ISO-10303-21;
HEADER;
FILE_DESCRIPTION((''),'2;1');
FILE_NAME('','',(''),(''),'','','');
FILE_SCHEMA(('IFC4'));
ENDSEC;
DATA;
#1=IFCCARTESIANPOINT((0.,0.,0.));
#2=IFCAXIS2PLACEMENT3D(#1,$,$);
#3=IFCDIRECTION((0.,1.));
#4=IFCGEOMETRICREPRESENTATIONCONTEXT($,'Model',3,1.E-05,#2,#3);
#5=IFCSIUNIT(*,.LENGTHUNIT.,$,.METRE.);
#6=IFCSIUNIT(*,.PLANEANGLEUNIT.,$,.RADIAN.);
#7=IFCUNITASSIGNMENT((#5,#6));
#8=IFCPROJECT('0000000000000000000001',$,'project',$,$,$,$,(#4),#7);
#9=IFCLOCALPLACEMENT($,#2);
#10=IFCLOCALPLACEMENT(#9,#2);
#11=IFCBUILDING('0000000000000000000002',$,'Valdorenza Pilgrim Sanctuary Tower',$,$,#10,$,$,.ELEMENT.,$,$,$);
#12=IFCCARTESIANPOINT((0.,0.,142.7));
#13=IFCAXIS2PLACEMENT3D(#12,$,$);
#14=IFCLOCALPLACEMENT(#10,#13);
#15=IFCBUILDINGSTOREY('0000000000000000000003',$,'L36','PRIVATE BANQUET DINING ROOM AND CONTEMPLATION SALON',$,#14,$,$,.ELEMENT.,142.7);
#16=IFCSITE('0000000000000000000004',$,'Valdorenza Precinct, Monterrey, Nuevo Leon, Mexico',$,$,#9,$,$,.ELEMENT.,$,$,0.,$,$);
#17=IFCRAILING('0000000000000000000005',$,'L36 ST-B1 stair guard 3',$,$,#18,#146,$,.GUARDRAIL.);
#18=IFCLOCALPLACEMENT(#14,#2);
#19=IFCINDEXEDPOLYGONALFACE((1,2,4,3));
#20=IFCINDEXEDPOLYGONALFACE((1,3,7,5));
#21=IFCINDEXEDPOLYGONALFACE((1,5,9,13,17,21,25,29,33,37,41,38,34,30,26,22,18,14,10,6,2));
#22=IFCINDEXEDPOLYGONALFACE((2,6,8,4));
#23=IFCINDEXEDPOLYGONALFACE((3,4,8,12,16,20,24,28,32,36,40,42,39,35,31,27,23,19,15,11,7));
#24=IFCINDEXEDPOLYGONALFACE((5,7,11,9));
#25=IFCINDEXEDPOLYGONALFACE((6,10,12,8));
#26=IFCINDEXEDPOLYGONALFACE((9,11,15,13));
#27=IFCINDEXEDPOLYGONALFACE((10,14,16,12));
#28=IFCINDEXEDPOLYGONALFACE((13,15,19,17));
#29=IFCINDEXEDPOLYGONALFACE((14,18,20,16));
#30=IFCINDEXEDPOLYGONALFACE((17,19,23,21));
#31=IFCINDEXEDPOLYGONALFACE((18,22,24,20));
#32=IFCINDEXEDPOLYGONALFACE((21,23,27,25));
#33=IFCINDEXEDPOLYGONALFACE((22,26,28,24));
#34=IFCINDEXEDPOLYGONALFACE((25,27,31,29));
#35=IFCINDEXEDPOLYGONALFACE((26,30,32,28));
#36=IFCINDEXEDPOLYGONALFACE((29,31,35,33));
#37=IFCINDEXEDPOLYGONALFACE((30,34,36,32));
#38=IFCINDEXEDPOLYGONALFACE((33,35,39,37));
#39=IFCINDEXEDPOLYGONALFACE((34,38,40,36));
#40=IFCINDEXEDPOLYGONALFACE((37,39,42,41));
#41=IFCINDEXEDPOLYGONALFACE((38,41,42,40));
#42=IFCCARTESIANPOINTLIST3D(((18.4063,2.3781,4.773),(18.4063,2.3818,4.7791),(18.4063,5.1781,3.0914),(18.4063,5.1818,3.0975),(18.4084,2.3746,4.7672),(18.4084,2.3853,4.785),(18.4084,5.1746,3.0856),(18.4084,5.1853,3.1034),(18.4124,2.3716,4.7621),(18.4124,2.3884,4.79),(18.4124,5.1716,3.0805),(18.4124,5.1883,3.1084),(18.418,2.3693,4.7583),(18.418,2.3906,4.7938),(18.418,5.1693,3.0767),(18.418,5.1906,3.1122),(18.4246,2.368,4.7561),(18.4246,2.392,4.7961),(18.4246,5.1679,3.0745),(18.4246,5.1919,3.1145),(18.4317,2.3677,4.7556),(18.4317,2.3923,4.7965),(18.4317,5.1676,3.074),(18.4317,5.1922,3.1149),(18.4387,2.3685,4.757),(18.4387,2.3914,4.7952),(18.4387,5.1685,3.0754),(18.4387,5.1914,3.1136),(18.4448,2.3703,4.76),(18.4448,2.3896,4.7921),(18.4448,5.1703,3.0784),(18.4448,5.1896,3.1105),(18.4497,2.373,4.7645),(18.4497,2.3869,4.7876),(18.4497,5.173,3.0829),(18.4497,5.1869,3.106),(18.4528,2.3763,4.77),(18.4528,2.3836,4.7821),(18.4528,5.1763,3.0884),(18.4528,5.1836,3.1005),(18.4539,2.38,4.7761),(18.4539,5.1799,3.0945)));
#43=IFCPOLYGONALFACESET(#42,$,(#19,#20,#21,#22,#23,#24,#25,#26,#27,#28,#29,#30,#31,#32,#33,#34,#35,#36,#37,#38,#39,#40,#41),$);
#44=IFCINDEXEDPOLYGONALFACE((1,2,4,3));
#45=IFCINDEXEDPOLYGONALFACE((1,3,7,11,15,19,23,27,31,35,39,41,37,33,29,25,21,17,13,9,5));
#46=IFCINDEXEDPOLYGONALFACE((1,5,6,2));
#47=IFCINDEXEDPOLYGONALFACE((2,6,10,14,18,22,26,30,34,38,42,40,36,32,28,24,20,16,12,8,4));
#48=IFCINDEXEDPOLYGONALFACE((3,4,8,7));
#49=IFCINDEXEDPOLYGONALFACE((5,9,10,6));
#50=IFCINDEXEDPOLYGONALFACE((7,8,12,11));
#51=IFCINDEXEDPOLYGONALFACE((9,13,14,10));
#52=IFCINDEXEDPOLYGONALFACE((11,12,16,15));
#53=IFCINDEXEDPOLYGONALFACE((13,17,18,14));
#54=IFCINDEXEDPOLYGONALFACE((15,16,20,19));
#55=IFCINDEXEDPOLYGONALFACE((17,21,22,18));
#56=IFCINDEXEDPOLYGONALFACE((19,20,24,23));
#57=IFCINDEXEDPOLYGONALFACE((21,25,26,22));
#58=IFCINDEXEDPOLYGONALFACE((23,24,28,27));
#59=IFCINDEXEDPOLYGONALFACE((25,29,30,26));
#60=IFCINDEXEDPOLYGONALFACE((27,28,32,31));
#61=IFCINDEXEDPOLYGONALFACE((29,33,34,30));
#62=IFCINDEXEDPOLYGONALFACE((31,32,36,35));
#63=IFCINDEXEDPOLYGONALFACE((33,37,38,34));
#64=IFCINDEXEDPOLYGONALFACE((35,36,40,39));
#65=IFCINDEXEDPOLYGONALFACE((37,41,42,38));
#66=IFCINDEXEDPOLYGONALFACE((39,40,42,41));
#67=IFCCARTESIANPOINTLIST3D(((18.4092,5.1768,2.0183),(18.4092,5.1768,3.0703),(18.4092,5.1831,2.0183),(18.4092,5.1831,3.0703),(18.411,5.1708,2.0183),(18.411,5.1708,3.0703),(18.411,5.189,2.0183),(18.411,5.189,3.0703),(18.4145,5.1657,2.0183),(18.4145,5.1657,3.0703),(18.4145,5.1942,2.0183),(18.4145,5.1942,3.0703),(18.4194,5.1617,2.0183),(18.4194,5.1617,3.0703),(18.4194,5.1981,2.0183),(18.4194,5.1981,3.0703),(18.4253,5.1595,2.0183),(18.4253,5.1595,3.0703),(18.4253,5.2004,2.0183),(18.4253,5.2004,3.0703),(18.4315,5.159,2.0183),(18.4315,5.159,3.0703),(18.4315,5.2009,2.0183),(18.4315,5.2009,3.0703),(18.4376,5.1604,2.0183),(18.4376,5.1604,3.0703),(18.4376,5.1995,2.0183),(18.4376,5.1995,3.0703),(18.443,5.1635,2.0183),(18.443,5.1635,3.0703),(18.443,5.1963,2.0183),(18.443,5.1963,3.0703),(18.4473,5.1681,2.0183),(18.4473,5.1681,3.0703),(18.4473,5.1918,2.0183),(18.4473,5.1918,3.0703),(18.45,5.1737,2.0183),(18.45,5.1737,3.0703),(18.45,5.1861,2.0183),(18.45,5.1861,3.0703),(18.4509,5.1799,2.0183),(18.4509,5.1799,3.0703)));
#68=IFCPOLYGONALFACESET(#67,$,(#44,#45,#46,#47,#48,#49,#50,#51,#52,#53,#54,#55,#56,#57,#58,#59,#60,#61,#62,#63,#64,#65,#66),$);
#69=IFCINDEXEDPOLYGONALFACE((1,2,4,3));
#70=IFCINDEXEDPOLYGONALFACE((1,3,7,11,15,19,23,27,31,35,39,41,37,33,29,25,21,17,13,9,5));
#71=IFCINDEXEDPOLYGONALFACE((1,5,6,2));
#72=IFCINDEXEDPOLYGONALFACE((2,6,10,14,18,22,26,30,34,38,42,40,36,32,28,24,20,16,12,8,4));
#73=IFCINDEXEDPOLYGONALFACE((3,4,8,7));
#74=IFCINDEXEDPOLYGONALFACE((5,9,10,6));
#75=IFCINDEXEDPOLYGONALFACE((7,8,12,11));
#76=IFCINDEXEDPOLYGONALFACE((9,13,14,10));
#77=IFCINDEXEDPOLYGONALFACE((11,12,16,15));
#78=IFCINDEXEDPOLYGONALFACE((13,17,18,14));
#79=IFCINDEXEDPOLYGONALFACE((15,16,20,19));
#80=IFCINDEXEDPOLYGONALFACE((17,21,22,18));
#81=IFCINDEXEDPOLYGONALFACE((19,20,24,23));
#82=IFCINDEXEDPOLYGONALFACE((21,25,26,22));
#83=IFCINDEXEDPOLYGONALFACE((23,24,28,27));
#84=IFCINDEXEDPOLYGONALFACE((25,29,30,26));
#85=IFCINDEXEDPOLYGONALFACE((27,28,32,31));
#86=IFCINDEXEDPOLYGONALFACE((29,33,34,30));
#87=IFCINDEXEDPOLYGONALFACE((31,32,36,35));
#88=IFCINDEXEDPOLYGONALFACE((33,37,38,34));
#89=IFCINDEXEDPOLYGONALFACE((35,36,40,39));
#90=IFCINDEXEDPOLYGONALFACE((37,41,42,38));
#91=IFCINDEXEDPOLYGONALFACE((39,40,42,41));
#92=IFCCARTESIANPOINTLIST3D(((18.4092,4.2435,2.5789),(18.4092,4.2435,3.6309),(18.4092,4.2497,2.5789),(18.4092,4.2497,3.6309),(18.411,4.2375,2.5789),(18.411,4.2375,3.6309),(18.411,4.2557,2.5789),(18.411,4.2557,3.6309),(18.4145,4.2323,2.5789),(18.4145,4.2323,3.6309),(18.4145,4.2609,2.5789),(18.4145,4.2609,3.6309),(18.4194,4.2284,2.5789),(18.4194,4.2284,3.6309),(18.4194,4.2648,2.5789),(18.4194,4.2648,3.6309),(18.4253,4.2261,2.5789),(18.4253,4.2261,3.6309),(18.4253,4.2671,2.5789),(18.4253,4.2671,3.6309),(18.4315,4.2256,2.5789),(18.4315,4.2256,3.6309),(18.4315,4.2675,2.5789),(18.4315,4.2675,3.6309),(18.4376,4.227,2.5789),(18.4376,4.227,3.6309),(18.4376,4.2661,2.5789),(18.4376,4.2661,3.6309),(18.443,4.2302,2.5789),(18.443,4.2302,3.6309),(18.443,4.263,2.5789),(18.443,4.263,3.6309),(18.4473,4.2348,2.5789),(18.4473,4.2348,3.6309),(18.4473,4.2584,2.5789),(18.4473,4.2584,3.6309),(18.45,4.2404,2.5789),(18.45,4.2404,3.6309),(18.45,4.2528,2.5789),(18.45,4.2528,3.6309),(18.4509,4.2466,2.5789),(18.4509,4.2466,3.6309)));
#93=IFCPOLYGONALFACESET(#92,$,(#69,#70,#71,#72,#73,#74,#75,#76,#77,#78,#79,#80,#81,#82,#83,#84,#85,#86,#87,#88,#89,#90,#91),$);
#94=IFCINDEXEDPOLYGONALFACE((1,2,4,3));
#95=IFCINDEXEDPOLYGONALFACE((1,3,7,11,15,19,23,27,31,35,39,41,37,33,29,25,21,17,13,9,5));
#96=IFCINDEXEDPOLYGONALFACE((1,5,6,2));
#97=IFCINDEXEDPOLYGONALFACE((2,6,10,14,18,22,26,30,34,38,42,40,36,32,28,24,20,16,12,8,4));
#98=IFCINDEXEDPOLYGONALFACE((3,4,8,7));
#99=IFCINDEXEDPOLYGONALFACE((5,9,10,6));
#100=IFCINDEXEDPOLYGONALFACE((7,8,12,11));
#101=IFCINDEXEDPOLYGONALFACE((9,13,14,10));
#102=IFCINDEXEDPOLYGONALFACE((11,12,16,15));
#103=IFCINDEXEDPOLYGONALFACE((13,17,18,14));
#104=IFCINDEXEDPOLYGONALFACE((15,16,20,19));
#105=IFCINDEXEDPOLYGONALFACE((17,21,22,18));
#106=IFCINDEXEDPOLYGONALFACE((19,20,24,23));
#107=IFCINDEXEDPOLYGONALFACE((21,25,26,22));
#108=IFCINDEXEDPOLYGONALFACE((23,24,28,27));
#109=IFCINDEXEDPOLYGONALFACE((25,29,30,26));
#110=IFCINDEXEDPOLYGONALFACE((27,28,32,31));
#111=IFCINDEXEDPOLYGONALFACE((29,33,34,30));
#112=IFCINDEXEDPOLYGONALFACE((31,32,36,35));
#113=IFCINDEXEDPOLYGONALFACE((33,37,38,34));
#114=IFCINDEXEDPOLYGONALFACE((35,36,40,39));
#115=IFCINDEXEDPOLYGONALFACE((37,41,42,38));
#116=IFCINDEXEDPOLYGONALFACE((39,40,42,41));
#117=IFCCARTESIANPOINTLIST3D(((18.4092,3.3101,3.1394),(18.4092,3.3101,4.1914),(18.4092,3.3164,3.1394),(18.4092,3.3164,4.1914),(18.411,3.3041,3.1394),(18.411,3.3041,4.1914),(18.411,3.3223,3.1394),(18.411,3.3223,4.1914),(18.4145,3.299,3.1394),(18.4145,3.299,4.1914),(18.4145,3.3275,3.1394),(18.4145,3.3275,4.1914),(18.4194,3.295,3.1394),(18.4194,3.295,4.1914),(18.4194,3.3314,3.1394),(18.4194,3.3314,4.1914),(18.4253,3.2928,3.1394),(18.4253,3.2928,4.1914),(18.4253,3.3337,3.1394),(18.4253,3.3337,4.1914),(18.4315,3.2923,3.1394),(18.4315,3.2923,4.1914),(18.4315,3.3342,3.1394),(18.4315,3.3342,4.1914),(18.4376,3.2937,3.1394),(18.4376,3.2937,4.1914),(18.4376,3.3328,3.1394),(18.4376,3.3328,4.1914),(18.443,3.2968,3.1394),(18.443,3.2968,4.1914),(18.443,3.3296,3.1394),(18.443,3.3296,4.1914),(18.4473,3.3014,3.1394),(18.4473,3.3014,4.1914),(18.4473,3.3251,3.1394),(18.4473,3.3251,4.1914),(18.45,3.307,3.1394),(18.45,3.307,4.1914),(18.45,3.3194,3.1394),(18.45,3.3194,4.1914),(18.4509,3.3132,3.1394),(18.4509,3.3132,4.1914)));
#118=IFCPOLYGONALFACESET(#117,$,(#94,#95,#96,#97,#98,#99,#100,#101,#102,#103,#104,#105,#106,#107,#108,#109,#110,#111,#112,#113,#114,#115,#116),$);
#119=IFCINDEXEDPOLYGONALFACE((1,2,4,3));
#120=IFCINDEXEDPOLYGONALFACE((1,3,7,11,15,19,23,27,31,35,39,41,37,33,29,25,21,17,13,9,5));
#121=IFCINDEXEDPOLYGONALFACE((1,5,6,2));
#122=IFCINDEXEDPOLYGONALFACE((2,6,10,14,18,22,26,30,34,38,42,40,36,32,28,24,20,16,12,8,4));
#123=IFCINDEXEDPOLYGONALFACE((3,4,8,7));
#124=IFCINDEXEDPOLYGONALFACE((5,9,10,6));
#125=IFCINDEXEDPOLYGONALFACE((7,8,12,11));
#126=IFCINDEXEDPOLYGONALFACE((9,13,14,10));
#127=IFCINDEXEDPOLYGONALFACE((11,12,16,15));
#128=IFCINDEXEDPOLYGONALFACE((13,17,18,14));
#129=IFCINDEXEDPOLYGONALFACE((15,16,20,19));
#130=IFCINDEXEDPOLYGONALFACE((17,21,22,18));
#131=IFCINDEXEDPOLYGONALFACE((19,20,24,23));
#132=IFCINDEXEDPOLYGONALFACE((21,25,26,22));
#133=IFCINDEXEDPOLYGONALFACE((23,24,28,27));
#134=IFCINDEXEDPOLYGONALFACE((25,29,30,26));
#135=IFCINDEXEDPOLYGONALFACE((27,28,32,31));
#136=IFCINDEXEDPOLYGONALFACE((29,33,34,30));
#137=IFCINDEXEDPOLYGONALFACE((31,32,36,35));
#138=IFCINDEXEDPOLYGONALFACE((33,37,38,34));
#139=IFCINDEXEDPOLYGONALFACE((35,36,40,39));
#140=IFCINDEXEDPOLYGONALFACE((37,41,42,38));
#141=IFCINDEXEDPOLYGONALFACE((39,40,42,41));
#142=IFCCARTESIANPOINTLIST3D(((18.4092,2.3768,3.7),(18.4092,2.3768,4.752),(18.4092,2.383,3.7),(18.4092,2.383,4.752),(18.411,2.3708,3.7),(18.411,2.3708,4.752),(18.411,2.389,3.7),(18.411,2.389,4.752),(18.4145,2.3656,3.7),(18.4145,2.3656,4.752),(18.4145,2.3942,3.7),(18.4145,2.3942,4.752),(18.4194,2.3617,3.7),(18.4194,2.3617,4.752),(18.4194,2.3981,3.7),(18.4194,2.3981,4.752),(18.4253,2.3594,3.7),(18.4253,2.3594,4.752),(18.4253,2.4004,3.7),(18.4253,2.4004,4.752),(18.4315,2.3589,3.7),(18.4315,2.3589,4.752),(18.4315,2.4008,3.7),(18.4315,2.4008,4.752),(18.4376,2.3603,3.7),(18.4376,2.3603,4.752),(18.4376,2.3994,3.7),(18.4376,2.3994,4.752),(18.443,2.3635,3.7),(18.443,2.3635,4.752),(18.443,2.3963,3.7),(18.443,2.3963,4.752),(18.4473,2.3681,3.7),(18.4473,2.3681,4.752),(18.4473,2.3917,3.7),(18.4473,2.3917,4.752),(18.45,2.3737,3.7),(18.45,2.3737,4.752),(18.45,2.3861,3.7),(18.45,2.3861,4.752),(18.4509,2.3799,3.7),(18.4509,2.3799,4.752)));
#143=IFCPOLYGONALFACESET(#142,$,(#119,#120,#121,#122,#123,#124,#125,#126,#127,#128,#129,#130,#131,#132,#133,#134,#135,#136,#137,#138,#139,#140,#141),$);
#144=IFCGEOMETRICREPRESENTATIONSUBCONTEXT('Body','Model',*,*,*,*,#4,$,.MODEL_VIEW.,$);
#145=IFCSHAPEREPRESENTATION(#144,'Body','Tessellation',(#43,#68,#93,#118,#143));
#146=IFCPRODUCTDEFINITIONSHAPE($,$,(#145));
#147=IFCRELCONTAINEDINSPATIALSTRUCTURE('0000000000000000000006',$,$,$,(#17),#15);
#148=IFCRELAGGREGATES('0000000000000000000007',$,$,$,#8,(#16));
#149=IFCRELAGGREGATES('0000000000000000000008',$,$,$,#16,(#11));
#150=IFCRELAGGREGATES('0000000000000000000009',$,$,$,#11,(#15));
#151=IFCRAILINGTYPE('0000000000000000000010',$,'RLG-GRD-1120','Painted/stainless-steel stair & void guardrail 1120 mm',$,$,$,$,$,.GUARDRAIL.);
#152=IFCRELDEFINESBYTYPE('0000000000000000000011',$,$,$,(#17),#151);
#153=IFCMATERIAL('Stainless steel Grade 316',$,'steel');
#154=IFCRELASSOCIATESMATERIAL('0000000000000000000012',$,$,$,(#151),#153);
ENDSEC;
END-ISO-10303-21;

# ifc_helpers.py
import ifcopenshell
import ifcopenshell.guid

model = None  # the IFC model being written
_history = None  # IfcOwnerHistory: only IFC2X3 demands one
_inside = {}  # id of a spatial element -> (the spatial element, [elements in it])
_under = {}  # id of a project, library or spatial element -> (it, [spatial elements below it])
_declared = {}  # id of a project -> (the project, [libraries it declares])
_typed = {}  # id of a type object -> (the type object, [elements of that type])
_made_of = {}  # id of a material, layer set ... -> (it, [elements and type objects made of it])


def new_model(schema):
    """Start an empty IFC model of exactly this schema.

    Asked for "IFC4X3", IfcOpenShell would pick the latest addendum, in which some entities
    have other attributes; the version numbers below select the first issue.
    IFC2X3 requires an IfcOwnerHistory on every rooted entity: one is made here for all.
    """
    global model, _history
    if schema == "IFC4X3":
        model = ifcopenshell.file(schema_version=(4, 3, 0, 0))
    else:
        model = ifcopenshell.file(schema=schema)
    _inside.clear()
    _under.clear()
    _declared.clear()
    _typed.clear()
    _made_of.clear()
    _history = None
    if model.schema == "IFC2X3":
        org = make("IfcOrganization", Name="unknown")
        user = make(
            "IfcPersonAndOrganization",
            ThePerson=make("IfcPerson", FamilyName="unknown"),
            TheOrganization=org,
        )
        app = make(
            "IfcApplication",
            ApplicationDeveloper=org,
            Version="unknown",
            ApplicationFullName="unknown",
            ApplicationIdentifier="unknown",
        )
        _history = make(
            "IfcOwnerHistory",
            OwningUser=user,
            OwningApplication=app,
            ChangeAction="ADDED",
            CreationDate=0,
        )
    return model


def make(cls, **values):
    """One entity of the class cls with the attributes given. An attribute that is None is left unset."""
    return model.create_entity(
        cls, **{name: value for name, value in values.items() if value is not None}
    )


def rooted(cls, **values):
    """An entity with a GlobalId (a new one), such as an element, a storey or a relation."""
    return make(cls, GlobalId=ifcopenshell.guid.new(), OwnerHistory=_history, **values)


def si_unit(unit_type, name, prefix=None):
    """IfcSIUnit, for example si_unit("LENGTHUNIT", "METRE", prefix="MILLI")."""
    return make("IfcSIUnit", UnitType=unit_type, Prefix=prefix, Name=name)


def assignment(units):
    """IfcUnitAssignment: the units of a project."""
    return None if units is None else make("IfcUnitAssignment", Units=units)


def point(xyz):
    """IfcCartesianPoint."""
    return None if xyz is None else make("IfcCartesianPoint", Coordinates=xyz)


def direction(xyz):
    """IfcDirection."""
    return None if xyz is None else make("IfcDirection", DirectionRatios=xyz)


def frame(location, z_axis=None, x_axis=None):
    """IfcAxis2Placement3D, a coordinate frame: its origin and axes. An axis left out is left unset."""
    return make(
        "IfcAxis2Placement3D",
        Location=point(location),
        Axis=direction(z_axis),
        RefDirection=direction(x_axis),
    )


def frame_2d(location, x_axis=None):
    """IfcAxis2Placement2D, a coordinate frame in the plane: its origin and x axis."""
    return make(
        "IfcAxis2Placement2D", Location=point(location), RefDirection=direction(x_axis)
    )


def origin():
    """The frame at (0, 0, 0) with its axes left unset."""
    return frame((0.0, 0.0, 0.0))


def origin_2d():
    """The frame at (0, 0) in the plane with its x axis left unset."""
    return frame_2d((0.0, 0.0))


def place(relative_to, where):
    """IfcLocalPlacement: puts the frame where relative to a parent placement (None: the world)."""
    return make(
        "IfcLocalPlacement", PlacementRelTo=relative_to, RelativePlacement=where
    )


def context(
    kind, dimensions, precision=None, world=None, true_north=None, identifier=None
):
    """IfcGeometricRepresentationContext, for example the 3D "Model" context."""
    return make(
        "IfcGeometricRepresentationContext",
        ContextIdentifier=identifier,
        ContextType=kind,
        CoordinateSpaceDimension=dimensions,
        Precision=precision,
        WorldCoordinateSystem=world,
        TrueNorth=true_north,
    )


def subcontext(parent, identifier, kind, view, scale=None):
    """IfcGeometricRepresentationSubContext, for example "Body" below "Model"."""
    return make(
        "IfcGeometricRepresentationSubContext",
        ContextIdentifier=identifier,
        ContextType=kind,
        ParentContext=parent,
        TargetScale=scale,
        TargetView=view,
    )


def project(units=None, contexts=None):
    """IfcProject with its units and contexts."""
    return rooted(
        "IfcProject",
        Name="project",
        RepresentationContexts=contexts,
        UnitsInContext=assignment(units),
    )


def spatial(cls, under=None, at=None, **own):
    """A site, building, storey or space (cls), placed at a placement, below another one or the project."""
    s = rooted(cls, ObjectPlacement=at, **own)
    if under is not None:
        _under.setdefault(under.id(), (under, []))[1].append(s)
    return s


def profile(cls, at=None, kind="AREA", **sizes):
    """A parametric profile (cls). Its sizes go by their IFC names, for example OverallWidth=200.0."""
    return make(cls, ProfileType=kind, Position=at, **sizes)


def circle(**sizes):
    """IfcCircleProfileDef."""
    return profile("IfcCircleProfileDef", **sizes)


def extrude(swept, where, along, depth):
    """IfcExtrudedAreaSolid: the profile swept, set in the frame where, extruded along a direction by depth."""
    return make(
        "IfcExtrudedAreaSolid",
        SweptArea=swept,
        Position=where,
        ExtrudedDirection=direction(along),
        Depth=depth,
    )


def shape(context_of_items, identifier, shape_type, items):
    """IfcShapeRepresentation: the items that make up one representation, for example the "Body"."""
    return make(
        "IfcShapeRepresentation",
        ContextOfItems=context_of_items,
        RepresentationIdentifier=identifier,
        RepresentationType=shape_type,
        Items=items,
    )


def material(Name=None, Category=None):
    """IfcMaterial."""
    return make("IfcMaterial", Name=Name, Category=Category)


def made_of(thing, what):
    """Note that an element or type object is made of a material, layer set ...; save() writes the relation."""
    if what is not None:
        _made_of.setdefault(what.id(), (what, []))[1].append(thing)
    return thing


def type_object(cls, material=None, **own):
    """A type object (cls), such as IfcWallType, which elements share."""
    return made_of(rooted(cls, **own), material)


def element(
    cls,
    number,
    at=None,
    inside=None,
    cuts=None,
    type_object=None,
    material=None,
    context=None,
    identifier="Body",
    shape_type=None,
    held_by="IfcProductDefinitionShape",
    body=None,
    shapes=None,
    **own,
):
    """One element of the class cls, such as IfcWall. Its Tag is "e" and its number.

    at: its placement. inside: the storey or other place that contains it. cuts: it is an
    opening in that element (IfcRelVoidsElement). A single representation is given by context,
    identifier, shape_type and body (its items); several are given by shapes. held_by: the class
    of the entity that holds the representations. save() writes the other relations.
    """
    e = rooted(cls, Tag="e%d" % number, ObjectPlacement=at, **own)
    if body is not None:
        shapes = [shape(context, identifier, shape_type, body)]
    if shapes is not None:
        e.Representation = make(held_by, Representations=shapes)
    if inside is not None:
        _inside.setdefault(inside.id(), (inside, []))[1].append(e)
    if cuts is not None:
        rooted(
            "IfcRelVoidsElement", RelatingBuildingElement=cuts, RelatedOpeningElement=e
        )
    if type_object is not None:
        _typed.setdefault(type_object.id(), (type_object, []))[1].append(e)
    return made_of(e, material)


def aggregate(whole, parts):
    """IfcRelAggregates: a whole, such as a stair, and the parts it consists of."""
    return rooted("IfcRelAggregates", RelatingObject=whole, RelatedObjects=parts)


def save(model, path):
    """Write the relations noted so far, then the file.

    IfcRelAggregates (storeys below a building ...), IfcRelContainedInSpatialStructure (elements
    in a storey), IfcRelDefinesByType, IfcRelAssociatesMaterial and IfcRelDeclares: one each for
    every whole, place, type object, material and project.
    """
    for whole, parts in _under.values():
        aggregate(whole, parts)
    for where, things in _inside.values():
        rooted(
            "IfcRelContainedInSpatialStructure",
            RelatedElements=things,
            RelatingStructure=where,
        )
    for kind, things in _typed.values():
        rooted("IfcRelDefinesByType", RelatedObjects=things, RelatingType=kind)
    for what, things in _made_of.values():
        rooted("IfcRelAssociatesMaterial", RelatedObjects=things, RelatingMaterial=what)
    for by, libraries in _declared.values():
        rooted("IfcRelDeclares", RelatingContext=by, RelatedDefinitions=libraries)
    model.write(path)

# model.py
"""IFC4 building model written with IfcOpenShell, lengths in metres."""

from ifc_helpers import new_model, si_unit, direction, frame, origin, origin_2d, place, context, subcontext, project, spatial, circle, extrude, material, type_object, element, save


model = new_model("IFC4")

# Units and contexts
model_context = context("Model", 3, precision=1e-05, world=origin(), true_north=direction((0.0, 1.0)))
body_context = subcontext(model_context, "Body", "Model", "MODEL_VIEW")
ifc_project = project(units=[si_unit("LENGTHUNIT", "METRE"), si_unit("PLANEANGLEUNIT", "RADIAN")], contexts=[model_context])

# Site, building, storey
site_placement = place(None, origin())
site = spatial("IfcSite", under=ifc_project, at=site_placement, Name="Valdorenza Precinct, Monterrey, Nuevo Leon, Mexico", CompositionType="ELEMENT", RefElevation=0.0)
building_placement = place(site_placement, origin())
building = spatial("IfcBuilding", under=site, at=building_placement, Name="Valdorenza Pilgrim Sanctuary Tower", CompositionType="ELEMENT")
storey_placement = place(building_placement, frame((0.0, 0.0, 142.7)))
storey = spatial("IfcBuildingStorey", under=building, at=storey_placement, Name="L36", Description="PRIVATE BANQUET DINING ROOM AND CONTEMPLATION SALON", CompositionType="ELEMENT", Elevation=142.7)

# Railing
ifc_material_1 = material(Name="Stainless steel Grade 316", Category="steel")
railing_type_1 = type_object("IfcRailingType", Name="RLG-GRD-1120", Description="Painted/stainless-steel stair & void guardrail 1120 mm", PredefinedType="GUARDRAIL", material=ifc_material_1)
railing_1_placement = place(storey_placement, frame((18.4299, 5.1799, 2.0183)))
element("IfcRailing", 1, at=railing_1_placement, inside=storey, type_object=railing_type_1, Name="L36 ST-B1 stair guard 3", PredefinedType="GUARDRAIL", context=body_context, shape_type="SweptSolid", body=[
    extrude(circle(Radius=0.0239, at=origin_2d()), frame((0.0, 0.0, 1.0762), z_axis=(0.0, -0.857275, 0.514858), x_axis=(1.0, 0.0, 0.0)), (0.0, 0.0, 1.0), 3.2661),
    extrude(circle(Radius=0.021, at=origin_2d()), origin(), (0.0, 0.0, 1.0), 1.052),
    extrude(circle(Radius=0.021, at=origin_2d()), frame((0.0, -0.9333, 0.5605)), (0.0, 0.0, 1.0), 1.052),
    extrude(circle(Radius=0.021, at=origin_2d()), frame((0.0, -1.8667, 1.1211)), (0.0, 0.0, 1.0), 1.052),
    extrude(circle(Radius=0.021, at=origin_2d()), frame((0.0, -2.8, 1.6816)), (0.0, 0.0, 1.0), 1.052),
])

save(model, "model.ifc")
